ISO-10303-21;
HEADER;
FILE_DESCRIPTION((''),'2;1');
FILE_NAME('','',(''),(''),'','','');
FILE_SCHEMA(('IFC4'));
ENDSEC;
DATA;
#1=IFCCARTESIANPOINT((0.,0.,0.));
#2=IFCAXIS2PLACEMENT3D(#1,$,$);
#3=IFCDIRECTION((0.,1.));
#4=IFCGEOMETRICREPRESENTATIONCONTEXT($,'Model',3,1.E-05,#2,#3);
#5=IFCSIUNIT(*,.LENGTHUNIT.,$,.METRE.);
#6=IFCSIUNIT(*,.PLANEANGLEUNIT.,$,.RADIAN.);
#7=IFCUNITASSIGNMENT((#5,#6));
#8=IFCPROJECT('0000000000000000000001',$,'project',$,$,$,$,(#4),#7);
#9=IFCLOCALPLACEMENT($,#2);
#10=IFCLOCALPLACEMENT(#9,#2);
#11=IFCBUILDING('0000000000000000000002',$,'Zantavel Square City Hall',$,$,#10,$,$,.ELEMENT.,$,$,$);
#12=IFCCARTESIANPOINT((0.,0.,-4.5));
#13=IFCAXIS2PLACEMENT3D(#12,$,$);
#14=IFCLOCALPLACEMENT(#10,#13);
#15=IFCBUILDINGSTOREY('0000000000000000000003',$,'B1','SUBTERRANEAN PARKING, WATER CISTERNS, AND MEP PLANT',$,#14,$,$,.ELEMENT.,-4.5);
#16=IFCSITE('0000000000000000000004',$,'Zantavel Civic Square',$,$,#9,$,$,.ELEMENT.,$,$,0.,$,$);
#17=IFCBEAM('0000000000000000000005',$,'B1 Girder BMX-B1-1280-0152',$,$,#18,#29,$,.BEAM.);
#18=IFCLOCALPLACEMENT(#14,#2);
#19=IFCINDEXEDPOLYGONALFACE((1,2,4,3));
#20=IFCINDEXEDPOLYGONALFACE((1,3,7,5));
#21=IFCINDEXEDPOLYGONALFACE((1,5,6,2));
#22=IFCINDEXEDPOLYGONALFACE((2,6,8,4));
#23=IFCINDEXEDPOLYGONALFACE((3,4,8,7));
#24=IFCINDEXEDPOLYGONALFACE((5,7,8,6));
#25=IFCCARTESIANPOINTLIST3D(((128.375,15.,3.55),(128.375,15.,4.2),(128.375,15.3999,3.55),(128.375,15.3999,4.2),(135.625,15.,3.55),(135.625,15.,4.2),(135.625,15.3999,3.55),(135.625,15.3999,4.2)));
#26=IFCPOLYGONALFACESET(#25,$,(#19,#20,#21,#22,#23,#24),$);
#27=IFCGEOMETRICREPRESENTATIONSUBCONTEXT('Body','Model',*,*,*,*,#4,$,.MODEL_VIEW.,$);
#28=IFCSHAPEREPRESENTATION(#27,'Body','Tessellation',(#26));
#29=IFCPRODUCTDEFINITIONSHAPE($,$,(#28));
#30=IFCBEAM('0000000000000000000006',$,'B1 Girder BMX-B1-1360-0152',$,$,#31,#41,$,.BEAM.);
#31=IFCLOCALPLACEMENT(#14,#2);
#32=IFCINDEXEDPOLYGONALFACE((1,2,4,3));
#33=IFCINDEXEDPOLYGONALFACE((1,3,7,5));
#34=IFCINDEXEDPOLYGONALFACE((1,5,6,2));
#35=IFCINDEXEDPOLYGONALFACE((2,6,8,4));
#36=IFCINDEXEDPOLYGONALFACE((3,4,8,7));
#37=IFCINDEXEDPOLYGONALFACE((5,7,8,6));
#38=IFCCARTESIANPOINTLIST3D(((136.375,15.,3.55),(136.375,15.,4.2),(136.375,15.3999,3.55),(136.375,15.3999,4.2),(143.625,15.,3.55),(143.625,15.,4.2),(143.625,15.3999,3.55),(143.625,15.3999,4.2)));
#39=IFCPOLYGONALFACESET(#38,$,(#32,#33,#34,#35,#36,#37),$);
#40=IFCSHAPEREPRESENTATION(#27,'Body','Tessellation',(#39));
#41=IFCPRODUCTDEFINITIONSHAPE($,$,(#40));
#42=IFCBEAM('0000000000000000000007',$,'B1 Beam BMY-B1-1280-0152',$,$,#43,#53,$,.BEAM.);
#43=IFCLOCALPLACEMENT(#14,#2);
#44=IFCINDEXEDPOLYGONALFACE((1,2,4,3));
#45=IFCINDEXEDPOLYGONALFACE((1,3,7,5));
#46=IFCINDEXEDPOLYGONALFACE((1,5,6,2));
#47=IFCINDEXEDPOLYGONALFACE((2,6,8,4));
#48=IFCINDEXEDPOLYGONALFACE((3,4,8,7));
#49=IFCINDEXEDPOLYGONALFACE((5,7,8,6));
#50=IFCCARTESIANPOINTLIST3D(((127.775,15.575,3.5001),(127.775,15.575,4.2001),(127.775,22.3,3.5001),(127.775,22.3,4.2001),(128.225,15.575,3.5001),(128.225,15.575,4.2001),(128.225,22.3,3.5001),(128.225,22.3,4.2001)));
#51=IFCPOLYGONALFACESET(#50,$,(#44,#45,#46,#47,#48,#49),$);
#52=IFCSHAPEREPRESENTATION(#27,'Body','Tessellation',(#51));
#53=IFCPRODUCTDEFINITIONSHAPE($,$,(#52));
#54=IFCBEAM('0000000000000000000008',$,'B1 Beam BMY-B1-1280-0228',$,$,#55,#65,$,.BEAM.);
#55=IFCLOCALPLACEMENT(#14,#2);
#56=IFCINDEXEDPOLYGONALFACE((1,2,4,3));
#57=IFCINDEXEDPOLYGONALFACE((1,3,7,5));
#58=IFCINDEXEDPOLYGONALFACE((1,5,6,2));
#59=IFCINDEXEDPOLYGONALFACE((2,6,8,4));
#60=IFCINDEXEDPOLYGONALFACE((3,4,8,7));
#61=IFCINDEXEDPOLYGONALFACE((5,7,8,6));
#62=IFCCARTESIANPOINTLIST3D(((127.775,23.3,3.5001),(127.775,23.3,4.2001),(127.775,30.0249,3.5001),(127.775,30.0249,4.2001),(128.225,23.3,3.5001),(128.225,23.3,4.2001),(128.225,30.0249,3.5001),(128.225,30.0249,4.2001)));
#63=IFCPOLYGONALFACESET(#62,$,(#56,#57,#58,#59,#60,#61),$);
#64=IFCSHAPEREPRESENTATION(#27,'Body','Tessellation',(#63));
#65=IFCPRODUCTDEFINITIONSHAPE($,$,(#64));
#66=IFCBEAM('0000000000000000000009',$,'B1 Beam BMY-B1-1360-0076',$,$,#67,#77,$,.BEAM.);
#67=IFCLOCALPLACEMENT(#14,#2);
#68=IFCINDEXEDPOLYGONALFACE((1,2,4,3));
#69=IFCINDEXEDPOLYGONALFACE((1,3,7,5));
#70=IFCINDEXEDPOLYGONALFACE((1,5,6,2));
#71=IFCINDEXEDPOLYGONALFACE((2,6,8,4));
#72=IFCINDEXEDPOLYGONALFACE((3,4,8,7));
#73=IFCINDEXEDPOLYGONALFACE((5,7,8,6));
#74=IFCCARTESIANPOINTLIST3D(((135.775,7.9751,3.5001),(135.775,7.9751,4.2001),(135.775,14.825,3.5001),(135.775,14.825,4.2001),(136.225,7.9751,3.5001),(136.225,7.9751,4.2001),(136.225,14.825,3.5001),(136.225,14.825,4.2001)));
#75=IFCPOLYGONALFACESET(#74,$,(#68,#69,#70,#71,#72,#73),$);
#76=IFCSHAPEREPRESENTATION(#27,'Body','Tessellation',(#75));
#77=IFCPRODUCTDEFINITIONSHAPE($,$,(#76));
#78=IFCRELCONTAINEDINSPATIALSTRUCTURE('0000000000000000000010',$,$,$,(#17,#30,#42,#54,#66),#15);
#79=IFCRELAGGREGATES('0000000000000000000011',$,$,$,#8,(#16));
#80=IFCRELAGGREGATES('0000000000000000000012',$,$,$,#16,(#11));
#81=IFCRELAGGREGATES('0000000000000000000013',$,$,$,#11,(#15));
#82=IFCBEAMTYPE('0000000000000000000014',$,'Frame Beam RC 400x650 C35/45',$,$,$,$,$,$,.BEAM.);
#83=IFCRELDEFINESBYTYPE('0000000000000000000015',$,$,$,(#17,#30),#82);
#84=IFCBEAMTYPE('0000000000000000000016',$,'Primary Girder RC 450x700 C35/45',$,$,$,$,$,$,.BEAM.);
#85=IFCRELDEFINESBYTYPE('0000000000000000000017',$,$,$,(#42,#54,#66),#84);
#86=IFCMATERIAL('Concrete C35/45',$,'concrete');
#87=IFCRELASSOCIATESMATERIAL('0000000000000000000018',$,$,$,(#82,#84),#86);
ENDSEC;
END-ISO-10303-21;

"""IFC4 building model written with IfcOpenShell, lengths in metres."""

from ifc_helpers import new_model, si_unit, direction, frame, origin, origin_2d, place, context, subcontext, project, spatial, rectangle, extrude, material, material_profile, profile_set, type_object, element, save


model = new_model("IFC4")

# Units and contexts
model_context = context("Model", 3, precision=1e-05, world=origin(), true_north=direction((0.0, 1.0)))
body_context = subcontext(model_context, "Body", "Model", "MODEL_VIEW")
ifc_project = project(units=[si_unit("LENGTHUNIT", "METRE"), si_unit("PLANEANGLEUNIT", "RADIAN")], contexts=[model_context])

# Site, building, storey
site_placement = place(None, origin())
site = spatial("IfcSite", under=ifc_project, at=site_placement, Name="Zantavel Civic Square", CompositionType="ELEMENT", RefElevation=0.0)
building_placement = place(site_placement, origin())
building = spatial("IfcBuilding", under=site, at=building_placement, Name="Zantavel Square City Hall", CompositionType="ELEMENT")
storey_placement = place(building_placement, frame((0.0, 0.0, -4.5)))
storey = spatial("IfcBuildingStorey", under=building, at=storey_placement, Name="B1", Description="SUBTERRANEAN PARKING, WATER CISTERNS, AND MEP PLANT", CompositionType="ELEMENT", Elevation=-4.5)

# Shared definitions
ifc_material_1 = material(Name="Concrete C35/45", Category="concrete")

# Beams
ifc_material_profile_1 = material_profile(ifc_material_1, rectangle(XDim=0.3999, YDim=0.6499, at=origin_2d()), Name="RC 400x650")
ifc_profile_set_1 = profile_set([ifc_material_profile_1], Name="Concrete C35/45")
beam_type_1 = type_object("IfcBeamType", Name="Frame Beam RC 400x650 C35/45", PredefinedType="BEAM", material=ifc_profile_set_1)
for number, where, z_axis, x_axis, name in (
    (1, (128.375, 15.2, 3.875), (1.0, 0.0, 0.0), (0.0, 1.0, 0.0), "B1 Girder BMX-B1-1280-0152"),
    (2, (136.375, 15.2, 3.875), (1.0, 0.0, 0.0), (0.0, 1.0, 0.0), "B1 Girder BMX-B1-1360-0152"),
):
    element("IfcBeam", number, at=place(storey_placement, frame(where, z_axis=z_axis, x_axis=x_axis)), inside=storey, type_object=beam_type_1, Name=name, PredefinedType="BEAM", context=body_context, shape_type="SweptSolid", body=[
        extrude(rectangle(XDim=0.3999, YDim=0.6499, at=origin_2d()), origin(), (0.0, 0.0, 1.0), 7.25),
    ])
ifc_material_profile_2 = material_profile(ifc_material_1, rectangle(XDim=0.45, YDim=0.7, at=origin_2d()), Name="RC 450x700")
ifc_profile_set_2 = profile_set([ifc_material_profile_2], Name="Concrete C35/45")
beam_type_2 = type_object("IfcBeamType", Name="Primary Girder RC 450x700 C35/45", PredefinedType="BEAM", material=ifc_profile_set_2)
beam_1_placement = place(storey_placement, frame((128.0, 15.575, 3.8501), z_axis=(0.0, 1.0, 0.0), x_axis=(-1.0, 0.0, 0.0)))
element("IfcBeam", 3, at=beam_1_placement, inside=storey, type_object=beam_type_2, Name="B1 Beam BMY-B1-1280-0152", PredefinedType="BEAM", context=body_context, shape_type="SweptSolid", body=[
    extrude(rectangle(XDim=0.45, YDim=0.7, at=origin_2d()), origin(), (0.0, 0.0, 1.0), 6.7251),
])
beam_2_placement = place(storey_placement, frame((128.0, 23.3, 3.8501), z_axis=(0.0, 1.0, 0.0), x_axis=(-1.0, 0.0, 0.0)))
element("IfcBeam", 4, at=beam_2_placement, inside=storey, type_object=beam_type_2, Name="B1 Beam BMY-B1-1280-0228", PredefinedType="BEAM", context=body_context, shape_type="SweptSolid", body=[
    extrude(rectangle(XDim=0.45, YDim=0.7, at=origin_2d()), origin(), (0.0, 0.0, 1.0), 6.7249),
])
beam_3_placement = place(storey_placement, frame((136.0, 7.9751, 3.8501), z_axis=(0.0, 1.0, 0.0), x_axis=(-1.0, 0.0, 0.0)))
element("IfcBeam", 5, at=beam_3_placement, inside=storey, type_object=beam_type_2, Name="B1 Beam BMY-B1-1360-0076", PredefinedType="BEAM", context=body_context, shape_type="SweptSolid", body=[
    extrude(rectangle(XDim=0.45, YDim=0.7, at=origin_2d()), origin(), (0.0, 0.0, 1.0), 6.8499),
])

save(model, "model.ifc")
